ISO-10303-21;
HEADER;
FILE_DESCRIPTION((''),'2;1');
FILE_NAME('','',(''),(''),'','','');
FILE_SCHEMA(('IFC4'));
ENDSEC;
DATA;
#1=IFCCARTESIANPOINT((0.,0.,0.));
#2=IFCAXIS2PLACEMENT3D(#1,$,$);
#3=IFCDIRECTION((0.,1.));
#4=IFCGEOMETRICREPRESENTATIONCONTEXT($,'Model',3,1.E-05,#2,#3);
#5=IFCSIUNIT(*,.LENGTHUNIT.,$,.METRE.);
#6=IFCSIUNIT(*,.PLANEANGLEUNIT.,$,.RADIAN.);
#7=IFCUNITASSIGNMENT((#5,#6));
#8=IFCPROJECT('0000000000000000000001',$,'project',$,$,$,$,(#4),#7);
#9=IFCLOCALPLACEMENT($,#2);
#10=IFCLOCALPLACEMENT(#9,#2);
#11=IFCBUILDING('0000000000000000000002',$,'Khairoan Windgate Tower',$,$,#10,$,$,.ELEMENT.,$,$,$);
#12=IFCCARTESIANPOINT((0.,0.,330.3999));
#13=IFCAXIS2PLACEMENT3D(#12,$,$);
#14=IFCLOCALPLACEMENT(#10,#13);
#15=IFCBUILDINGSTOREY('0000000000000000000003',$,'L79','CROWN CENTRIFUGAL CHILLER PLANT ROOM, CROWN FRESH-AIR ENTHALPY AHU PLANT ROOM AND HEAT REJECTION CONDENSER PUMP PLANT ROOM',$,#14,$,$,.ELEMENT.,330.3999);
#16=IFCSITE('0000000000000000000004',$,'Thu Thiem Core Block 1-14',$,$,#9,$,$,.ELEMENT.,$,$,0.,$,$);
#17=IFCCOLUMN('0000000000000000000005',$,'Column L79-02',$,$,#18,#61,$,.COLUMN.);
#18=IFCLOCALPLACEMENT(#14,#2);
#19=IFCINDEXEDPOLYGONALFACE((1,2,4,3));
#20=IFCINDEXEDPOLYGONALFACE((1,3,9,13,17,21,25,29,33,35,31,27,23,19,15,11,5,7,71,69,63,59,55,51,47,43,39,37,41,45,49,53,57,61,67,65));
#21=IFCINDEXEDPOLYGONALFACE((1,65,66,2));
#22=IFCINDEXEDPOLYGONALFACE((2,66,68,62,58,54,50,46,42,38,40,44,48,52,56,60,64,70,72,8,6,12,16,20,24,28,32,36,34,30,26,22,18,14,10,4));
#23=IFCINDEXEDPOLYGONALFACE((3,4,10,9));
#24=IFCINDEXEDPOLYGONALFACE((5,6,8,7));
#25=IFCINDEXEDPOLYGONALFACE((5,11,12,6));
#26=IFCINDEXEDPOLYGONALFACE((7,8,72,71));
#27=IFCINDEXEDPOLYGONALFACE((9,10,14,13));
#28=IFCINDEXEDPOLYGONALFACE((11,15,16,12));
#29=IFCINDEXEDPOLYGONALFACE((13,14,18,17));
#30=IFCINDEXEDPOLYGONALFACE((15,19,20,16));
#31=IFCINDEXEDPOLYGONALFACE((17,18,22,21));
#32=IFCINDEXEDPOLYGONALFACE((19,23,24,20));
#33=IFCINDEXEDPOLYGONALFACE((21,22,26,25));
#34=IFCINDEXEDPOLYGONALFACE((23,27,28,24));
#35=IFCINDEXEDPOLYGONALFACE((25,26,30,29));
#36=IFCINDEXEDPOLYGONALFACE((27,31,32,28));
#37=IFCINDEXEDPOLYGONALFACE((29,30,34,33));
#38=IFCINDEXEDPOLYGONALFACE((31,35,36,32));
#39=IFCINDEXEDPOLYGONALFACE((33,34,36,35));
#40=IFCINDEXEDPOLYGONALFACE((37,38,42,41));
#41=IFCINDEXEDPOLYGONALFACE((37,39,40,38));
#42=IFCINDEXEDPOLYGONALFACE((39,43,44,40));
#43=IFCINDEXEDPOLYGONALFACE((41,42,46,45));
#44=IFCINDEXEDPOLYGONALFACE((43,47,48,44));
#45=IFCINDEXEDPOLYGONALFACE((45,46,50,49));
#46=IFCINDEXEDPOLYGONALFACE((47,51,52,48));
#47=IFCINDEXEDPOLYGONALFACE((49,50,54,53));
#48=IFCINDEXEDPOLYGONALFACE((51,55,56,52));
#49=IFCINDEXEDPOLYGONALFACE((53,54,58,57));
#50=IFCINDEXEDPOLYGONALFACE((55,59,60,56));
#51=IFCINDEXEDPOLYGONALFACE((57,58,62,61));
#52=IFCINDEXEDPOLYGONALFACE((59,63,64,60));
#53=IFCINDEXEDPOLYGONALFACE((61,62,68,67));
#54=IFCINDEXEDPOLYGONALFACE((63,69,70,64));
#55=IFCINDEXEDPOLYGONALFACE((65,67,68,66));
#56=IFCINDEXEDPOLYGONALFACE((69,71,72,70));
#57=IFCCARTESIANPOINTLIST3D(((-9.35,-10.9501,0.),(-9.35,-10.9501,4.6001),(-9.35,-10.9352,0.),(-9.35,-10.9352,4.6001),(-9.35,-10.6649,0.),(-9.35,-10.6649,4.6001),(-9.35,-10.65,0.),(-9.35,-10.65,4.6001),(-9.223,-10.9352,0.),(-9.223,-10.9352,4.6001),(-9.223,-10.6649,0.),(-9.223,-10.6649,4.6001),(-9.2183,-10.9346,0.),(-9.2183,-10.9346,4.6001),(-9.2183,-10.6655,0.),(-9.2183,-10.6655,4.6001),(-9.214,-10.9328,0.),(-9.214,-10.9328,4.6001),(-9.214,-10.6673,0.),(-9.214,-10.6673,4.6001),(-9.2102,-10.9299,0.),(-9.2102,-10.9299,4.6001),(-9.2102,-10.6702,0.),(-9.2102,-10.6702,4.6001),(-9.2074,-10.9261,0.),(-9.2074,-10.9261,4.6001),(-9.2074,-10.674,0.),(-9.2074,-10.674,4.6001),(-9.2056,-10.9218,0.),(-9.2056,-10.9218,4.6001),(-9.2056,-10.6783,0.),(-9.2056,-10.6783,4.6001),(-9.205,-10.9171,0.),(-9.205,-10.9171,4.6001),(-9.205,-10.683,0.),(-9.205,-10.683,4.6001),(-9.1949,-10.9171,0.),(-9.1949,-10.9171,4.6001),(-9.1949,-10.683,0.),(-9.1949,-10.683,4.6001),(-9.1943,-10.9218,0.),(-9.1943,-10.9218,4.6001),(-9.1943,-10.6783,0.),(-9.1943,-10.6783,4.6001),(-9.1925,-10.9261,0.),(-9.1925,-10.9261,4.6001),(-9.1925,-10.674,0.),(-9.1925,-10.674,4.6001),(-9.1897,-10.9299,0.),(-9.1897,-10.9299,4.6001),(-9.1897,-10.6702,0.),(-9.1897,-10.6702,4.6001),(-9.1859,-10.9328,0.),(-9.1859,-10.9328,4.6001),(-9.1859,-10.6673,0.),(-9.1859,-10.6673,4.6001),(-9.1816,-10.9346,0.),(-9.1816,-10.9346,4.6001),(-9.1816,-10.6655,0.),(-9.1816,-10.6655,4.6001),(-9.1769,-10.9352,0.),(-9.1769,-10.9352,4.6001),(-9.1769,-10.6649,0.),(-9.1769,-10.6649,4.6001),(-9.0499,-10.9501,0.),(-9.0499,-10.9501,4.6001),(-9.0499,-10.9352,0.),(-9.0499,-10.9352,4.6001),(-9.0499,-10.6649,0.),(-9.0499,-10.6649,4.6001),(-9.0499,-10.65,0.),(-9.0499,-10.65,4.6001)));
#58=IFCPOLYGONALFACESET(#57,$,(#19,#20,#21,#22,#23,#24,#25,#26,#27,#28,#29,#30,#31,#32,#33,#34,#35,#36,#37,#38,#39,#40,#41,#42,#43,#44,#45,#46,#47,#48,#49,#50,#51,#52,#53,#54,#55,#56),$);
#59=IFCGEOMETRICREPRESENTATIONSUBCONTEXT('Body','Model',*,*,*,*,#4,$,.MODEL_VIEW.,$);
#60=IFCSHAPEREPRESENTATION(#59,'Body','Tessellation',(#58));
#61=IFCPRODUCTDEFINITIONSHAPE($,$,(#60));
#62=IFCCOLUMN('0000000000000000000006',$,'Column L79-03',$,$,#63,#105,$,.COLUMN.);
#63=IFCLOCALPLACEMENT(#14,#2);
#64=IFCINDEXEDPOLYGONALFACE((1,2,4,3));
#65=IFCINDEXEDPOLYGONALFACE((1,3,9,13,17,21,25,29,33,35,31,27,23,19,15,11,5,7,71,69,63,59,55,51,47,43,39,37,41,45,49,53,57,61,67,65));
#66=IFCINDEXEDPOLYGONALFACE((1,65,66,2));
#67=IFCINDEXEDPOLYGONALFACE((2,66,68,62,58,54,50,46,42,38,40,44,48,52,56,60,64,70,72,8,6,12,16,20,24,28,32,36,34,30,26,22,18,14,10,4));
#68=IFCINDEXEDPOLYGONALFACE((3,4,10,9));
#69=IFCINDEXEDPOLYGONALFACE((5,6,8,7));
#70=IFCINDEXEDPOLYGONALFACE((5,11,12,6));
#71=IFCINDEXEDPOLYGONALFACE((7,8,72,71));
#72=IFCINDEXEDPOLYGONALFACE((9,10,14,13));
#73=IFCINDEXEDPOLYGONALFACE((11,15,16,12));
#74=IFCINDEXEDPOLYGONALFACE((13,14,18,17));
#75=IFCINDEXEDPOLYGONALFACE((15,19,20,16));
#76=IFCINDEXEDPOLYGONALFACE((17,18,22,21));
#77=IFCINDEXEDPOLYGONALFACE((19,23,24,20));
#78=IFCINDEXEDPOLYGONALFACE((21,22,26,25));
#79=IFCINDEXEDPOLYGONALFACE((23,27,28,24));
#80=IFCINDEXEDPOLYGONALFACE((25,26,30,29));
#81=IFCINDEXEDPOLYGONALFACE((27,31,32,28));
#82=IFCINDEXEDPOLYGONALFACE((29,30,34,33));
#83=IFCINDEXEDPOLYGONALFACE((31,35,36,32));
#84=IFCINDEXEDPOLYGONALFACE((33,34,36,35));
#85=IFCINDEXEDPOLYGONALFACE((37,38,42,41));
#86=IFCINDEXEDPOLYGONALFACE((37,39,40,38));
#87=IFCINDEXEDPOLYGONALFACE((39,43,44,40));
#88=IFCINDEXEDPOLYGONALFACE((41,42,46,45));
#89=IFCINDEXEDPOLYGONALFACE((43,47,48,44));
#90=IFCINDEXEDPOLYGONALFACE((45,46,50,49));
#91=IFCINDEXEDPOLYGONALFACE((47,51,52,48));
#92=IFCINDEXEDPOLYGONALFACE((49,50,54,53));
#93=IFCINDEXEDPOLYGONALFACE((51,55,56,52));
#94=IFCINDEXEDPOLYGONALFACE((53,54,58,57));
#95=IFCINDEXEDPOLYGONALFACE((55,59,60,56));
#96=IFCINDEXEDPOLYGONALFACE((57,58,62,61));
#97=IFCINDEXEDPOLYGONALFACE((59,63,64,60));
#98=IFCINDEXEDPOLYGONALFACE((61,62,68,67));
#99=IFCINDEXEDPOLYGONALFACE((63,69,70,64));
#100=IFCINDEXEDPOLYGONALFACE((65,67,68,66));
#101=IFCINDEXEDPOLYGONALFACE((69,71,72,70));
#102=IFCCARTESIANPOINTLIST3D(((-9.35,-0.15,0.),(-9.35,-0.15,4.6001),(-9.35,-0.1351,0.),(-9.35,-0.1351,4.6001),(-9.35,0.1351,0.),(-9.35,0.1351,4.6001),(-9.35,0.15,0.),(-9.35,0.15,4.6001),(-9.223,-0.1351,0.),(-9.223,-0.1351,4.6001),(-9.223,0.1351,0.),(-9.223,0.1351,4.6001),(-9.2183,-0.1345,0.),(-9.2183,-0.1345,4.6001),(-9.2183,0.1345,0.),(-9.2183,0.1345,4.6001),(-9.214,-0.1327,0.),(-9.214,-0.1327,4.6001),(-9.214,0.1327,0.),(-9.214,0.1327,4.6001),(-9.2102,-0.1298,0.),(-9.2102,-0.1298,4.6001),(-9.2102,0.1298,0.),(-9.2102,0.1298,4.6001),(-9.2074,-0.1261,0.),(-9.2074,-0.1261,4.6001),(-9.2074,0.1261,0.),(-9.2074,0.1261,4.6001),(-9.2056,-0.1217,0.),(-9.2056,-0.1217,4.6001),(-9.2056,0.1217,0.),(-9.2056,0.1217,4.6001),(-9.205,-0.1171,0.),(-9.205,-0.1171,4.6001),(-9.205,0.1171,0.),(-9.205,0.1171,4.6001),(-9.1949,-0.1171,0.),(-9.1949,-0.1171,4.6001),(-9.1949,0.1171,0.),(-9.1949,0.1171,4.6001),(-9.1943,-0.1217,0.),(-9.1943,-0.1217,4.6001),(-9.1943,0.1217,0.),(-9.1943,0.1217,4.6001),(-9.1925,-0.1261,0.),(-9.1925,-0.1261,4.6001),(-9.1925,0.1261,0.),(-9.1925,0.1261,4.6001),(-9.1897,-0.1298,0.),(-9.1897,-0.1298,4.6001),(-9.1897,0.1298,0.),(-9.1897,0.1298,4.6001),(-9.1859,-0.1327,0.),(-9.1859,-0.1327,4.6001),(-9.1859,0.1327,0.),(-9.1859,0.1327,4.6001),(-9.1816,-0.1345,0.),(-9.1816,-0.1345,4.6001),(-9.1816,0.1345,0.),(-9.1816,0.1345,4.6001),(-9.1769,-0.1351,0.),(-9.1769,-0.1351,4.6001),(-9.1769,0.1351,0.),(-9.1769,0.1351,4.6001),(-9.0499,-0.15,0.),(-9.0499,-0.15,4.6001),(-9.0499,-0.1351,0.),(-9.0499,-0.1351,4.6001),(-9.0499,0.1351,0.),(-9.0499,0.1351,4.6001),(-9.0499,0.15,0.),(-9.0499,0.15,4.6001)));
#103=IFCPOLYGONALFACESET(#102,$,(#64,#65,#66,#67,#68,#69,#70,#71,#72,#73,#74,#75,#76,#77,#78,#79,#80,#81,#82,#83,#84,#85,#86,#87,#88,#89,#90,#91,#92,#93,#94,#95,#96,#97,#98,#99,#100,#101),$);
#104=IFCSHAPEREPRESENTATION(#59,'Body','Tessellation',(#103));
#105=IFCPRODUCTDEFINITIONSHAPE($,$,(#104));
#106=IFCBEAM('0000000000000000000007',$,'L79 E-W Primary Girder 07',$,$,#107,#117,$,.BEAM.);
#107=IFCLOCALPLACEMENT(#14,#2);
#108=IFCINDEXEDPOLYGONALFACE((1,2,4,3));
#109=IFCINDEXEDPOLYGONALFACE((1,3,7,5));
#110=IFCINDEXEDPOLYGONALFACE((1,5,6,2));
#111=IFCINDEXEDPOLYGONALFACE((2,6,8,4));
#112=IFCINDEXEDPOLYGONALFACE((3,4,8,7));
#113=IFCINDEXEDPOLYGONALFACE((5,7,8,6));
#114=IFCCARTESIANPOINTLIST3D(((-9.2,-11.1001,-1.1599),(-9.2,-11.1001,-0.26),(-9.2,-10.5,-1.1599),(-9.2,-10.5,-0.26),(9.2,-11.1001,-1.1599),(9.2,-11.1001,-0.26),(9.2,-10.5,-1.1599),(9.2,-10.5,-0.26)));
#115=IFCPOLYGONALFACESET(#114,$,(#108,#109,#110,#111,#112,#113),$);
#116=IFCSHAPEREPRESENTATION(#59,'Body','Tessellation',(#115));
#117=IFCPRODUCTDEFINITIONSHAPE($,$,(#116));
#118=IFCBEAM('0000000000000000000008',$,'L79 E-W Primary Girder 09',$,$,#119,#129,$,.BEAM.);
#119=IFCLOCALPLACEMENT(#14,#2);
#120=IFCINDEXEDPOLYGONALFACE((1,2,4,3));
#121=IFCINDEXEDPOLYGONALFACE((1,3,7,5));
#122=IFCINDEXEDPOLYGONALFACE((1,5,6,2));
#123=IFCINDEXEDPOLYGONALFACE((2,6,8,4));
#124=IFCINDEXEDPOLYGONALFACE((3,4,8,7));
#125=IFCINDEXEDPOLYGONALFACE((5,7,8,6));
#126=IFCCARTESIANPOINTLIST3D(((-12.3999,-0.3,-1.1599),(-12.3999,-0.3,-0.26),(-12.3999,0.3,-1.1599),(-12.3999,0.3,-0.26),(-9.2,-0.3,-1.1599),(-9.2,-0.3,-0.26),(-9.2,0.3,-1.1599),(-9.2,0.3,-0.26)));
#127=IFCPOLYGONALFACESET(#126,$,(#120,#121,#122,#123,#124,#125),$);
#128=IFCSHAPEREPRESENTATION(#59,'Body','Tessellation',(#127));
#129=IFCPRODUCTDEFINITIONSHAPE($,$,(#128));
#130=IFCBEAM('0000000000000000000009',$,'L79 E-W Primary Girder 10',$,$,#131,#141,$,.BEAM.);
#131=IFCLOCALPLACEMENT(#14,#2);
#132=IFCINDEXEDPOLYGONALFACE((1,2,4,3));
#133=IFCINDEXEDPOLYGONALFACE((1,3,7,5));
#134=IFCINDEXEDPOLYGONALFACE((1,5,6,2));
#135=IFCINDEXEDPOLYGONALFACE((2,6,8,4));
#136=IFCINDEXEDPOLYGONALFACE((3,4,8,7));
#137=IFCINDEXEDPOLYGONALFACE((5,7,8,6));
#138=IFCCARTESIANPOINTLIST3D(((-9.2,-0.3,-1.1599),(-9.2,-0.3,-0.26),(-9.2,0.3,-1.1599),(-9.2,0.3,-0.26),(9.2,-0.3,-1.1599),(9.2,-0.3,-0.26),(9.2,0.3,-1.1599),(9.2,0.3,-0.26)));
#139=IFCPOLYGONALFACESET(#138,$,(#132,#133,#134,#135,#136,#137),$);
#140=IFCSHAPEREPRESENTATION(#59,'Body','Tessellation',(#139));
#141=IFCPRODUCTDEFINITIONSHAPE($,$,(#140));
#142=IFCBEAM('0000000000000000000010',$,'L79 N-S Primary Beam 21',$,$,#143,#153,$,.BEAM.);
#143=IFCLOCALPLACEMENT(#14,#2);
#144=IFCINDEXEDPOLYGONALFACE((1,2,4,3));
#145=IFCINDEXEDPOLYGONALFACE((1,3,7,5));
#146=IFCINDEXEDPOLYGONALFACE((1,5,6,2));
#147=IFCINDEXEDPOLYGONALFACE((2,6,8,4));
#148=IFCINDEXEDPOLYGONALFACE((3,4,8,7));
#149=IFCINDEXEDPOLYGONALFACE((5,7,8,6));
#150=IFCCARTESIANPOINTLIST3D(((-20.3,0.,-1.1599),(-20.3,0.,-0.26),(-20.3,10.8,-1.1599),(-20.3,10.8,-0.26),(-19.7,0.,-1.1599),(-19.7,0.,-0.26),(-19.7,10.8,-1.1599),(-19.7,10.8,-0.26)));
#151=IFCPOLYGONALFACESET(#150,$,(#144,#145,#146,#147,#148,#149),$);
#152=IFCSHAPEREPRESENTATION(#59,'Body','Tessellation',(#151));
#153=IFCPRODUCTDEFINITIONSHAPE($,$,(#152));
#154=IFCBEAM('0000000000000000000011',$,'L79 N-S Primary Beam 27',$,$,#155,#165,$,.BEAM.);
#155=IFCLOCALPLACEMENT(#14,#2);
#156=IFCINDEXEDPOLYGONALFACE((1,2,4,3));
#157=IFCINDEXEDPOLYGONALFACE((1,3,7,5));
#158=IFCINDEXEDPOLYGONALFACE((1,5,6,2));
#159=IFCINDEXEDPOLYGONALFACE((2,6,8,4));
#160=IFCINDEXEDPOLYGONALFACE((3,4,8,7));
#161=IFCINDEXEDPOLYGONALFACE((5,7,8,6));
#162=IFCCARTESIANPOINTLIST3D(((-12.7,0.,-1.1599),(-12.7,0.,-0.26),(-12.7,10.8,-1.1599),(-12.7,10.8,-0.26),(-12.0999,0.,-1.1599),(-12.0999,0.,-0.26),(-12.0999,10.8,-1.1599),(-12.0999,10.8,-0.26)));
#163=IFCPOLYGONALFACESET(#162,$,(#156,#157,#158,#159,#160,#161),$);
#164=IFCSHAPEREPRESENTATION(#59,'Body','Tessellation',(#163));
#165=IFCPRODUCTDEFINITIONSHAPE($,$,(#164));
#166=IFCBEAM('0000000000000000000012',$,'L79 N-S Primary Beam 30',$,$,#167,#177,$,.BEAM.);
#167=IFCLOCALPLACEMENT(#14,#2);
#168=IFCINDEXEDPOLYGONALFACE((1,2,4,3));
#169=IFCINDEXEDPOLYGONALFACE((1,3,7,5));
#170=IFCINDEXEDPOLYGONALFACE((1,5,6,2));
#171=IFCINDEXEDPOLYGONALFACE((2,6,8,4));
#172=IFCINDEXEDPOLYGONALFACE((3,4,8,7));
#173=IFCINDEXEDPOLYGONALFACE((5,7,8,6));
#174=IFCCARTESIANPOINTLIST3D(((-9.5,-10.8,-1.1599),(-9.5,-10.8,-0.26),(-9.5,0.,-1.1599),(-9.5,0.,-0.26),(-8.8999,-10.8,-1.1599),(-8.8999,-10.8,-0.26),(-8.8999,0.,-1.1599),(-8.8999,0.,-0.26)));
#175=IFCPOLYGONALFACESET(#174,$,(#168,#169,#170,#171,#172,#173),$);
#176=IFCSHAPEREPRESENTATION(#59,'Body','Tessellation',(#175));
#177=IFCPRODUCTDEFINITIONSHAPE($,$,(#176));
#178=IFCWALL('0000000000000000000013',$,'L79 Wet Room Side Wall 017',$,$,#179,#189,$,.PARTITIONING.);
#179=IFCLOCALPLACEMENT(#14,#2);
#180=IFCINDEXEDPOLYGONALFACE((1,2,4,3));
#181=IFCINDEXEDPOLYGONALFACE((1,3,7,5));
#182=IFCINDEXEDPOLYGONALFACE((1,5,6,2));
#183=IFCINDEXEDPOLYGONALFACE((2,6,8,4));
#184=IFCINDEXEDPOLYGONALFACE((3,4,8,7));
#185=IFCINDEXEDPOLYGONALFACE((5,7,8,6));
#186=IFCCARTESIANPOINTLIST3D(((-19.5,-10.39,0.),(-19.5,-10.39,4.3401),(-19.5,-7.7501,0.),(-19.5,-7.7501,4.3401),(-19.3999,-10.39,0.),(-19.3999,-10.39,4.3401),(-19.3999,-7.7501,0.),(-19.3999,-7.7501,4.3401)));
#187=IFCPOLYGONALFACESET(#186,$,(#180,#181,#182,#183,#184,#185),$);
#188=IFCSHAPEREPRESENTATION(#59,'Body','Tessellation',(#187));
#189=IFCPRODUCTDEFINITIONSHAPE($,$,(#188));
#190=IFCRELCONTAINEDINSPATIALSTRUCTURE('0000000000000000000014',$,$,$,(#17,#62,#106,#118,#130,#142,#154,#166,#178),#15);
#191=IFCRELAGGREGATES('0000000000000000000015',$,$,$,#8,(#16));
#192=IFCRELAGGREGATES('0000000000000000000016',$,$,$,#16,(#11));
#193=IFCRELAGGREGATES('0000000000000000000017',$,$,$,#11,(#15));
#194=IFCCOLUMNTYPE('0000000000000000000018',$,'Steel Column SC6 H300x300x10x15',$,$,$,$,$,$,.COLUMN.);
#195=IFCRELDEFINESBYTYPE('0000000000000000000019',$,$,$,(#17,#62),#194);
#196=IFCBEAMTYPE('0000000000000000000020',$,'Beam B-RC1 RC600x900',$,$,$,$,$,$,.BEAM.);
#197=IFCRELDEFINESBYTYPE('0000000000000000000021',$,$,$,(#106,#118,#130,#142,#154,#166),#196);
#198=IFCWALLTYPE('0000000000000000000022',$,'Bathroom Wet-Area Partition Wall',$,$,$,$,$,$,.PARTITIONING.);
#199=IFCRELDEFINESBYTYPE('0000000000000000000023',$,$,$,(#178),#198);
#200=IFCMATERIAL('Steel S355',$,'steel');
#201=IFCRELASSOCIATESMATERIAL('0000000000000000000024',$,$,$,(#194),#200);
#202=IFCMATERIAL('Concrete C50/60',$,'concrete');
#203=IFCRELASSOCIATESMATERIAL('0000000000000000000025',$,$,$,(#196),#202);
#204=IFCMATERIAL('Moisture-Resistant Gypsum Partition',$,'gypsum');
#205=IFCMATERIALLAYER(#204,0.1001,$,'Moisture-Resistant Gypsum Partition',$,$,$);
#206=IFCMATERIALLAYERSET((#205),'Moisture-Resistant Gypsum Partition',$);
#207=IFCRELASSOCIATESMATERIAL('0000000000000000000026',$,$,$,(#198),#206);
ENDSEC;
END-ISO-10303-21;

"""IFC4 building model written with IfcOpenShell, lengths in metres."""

from ifc_helpers import new_model, si_unit, direction, frame, frame_2d, origin, origin_2d, place, context, subcontext, project, spatial, rectangle, i_section, extrude, material, layer, layer_set, material_profile, profile_set, type_object, element, save


model = new_model("IFC4")

# Units and contexts
model_context = context("Model", 3, precision=1e-05, world=origin(), true_north=direction((0.0, 1.0)))
body_context = subcontext(model_context, "Body", "Model", "MODEL_VIEW")
ifc_project = project(units=[si_unit("LENGTHUNIT", "METRE"), si_unit("PLANEANGLEUNIT", "RADIAN")], contexts=[model_context])

# Site, building, storey
site_placement = place(None, origin())
site = spatial("IfcSite", under=ifc_project, at=site_placement, Name="Thu Thiem Core Block 1-14", CompositionType="ELEMENT", RefElevation=0.0)
building_placement = place(site_placement, origin())
building = spatial("IfcBuilding", under=site, at=building_placement, Name="Khairoan Windgate Tower", CompositionType="ELEMENT")
storey_placement = place(building_placement, frame((0.0, 0.0, 330.3999)))
storey = spatial("IfcBuildingStorey", under=building, at=storey_placement, Name="L79", Description="CROWN CENTRIFUGAL CHILLER PLANT ROOM, CROWN FRESH-AIR ENTHALPY AHU PLANT ROOM AND HEAT REJECTION CONDENSER PUMP PLANT ROOM", CompositionType="ELEMENT", Elevation=330.3999)

# Columns
ifc_material_1 = material(Name="Steel S355", Category="steel")
ifc_material_profile_1 = material_profile(ifc_material_1, i_section(OverallWidth=0.3, OverallDepth=0.3, WebThickness=0.01, FlangeThickness=0.0149, FilletRadius=0.0181, at=origin_2d()))
ifc_profile_set_1 = profile_set([ifc_material_profile_1], Name="Steel S355")
column_type = type_object("IfcColumnType", Name="Steel Column SC6 H300x300x10x15", PredefinedType="COLUMN", material=ifc_profile_set_1)
for number, where, z_axis, x_axis, name in (
    (1, (-9.2, -10.8, 0.0), (0.0, 0.0, 1.0), (1.0, 0.0, 0.0), "Column L79-02"),
    (2, (-9.2, 0.0, 0.0), (0.0, 0.0, 1.0), (1.0, 0.0, 0.0), "Column L79-03"),
):
    element("IfcColumn", number, at=place(storey_placement, frame(where, z_axis=z_axis, x_axis=x_axis)), inside=storey, type_object=column_type, Name=name, PredefinedType="COLUMN", context=body_context, shape_type="SweptSolid", body=[
        extrude(i_section(OverallWidth=0.3, OverallDepth=0.3, WebThickness=0.01, FlangeThickness=0.0149, FilletRadius=0.0181, at=origin_2d()), origin(), (0.0, 0.0, 1.0), 4.6001),
    ])

# Beams
ifc_material_2 = material(Name="Concrete C50/60", Category="concrete")
ifc_material_profile_2 = material_profile(ifc_material_2, rectangle(XDim=0.6001, YDim=0.8999, at=origin_2d()))
ifc_profile_set_2 = profile_set([ifc_material_profile_2], Name="Concrete C50/60")
beam_type = type_object("IfcBeamType", Name="Beam B-RC1 RC600x900", PredefinedType="BEAM", material=ifc_profile_set_2)
beam_1_placement = place(storey_placement, frame((-9.2, -10.8, -0.71), z_axis=(1.0, 0.0, 0.0), x_axis=(0.0, 1.0, 0.0)))
element("IfcBeam", 3, at=beam_1_placement, inside=storey, type_object=beam_type, Name="L79 E-W Primary Girder 07", PredefinedType="BEAM", context=body_context, shape_type="SweptSolid", body=[
    extrude(rectangle(XDim=0.6001, YDim=0.8999, at=origin_2d()), origin(), (0.0, 0.0, 1.0), 18.3999),
])
beam_2_placement = place(storey_placement, frame((-12.3999, 0.0, -0.71), z_axis=(1.0, 0.0, 0.0), x_axis=(0.0, 1.0, 0.0)))
element("IfcBeam", 4, at=beam_2_placement, inside=storey, type_object=beam_type, Name="L79 E-W Primary Girder 09", PredefinedType="BEAM", context=body_context, shape_type="SweptSolid", body=[
    extrude(rectangle(XDim=0.6001, YDim=0.8999, at=origin_2d()), origin(), (0.0, 0.0, 1.0), 3.2),
])
beam_3_placement = place(storey_placement, frame((-9.2, 0.0, -0.71), z_axis=(1.0, 0.0, 0.0), x_axis=(0.0, 1.0, 0.0)))
element("IfcBeam", 5, at=beam_3_placement, inside=storey, type_object=beam_type, Name="L79 E-W Primary Girder 10", PredefinedType="BEAM", context=body_context, shape_type="SweptSolid", body=[
    extrude(rectangle(XDim=0.6001, YDim=0.8999, at=origin_2d()), origin(), (0.0, 0.0, 1.0), 18.3999),
])
for number, where, z_axis, x_axis, name in (
    (6, (-20.0, 0.0, -0.71), (0.0, 1.0, 0.0), (-1.0, 0.0, 0.0), "L79 N-S Primary Beam 21"),
    (7, (-12.3999, 0.0, -0.71), (0.0, 1.0, 0.0), (-1.0, 0.0, 0.0), "L79 N-S Primary Beam 27"),
    (8, (-9.2, -10.8, -0.71), (0.0, 1.0, 0.0), (-1.0, 0.0, 0.0), "L79 N-S Primary Beam 30"),
):
    element("IfcBeam", number, at=place(storey_placement, frame(where, z_axis=z_axis, x_axis=x_axis)), inside=storey, type_object=beam_type, Name=name, PredefinedType="BEAM", context=body_context, shape_type="SweptSolid", body=[
        extrude(rectangle(XDim=0.6001, YDim=0.8999, at=origin_2d()), origin(), (0.0, 0.0, 1.0), 10.8),
    ])

# Wall
ifc_material_3 = material(Name="Moisture-Resistant Gypsum Partition", Category="gypsum")
ifc_layer_1 = layer(ifc_material_3, 0.1001, Name="Moisture-Resistant Gypsum Partition")
ifc_layer_set_1 = layer_set([ifc_layer_1], Name="Moisture-Resistant Gypsum Partition")
wall_type_1 = type_object("IfcWallType", Name="Bathroom Wet-Area Partition Wall", PredefinedType="PARTITIONING", material=ifc_layer_set_1)
wall_1_placement = place(storey_placement, frame((-19.45, -10.3899, 0.0), z_axis=(0.0, 0.0, 1.0), x_axis=(0.0, 1.0, 0.0)))
element("IfcWall", 9, at=wall_1_placement, inside=storey, type_object=wall_type_1, Name="L79 Wet Room Side Wall 017", PredefinedType="PARTITIONING", context=body_context, shape_type="SweptSolid", body=[
    extrude(rectangle(XDim=2.6399, YDim=0.1001, at=frame_2d((1.3198, 0.0))), origin(), (0.0, 0.0, 1.0), 4.3401),
])

save(model, "model.ifc")
